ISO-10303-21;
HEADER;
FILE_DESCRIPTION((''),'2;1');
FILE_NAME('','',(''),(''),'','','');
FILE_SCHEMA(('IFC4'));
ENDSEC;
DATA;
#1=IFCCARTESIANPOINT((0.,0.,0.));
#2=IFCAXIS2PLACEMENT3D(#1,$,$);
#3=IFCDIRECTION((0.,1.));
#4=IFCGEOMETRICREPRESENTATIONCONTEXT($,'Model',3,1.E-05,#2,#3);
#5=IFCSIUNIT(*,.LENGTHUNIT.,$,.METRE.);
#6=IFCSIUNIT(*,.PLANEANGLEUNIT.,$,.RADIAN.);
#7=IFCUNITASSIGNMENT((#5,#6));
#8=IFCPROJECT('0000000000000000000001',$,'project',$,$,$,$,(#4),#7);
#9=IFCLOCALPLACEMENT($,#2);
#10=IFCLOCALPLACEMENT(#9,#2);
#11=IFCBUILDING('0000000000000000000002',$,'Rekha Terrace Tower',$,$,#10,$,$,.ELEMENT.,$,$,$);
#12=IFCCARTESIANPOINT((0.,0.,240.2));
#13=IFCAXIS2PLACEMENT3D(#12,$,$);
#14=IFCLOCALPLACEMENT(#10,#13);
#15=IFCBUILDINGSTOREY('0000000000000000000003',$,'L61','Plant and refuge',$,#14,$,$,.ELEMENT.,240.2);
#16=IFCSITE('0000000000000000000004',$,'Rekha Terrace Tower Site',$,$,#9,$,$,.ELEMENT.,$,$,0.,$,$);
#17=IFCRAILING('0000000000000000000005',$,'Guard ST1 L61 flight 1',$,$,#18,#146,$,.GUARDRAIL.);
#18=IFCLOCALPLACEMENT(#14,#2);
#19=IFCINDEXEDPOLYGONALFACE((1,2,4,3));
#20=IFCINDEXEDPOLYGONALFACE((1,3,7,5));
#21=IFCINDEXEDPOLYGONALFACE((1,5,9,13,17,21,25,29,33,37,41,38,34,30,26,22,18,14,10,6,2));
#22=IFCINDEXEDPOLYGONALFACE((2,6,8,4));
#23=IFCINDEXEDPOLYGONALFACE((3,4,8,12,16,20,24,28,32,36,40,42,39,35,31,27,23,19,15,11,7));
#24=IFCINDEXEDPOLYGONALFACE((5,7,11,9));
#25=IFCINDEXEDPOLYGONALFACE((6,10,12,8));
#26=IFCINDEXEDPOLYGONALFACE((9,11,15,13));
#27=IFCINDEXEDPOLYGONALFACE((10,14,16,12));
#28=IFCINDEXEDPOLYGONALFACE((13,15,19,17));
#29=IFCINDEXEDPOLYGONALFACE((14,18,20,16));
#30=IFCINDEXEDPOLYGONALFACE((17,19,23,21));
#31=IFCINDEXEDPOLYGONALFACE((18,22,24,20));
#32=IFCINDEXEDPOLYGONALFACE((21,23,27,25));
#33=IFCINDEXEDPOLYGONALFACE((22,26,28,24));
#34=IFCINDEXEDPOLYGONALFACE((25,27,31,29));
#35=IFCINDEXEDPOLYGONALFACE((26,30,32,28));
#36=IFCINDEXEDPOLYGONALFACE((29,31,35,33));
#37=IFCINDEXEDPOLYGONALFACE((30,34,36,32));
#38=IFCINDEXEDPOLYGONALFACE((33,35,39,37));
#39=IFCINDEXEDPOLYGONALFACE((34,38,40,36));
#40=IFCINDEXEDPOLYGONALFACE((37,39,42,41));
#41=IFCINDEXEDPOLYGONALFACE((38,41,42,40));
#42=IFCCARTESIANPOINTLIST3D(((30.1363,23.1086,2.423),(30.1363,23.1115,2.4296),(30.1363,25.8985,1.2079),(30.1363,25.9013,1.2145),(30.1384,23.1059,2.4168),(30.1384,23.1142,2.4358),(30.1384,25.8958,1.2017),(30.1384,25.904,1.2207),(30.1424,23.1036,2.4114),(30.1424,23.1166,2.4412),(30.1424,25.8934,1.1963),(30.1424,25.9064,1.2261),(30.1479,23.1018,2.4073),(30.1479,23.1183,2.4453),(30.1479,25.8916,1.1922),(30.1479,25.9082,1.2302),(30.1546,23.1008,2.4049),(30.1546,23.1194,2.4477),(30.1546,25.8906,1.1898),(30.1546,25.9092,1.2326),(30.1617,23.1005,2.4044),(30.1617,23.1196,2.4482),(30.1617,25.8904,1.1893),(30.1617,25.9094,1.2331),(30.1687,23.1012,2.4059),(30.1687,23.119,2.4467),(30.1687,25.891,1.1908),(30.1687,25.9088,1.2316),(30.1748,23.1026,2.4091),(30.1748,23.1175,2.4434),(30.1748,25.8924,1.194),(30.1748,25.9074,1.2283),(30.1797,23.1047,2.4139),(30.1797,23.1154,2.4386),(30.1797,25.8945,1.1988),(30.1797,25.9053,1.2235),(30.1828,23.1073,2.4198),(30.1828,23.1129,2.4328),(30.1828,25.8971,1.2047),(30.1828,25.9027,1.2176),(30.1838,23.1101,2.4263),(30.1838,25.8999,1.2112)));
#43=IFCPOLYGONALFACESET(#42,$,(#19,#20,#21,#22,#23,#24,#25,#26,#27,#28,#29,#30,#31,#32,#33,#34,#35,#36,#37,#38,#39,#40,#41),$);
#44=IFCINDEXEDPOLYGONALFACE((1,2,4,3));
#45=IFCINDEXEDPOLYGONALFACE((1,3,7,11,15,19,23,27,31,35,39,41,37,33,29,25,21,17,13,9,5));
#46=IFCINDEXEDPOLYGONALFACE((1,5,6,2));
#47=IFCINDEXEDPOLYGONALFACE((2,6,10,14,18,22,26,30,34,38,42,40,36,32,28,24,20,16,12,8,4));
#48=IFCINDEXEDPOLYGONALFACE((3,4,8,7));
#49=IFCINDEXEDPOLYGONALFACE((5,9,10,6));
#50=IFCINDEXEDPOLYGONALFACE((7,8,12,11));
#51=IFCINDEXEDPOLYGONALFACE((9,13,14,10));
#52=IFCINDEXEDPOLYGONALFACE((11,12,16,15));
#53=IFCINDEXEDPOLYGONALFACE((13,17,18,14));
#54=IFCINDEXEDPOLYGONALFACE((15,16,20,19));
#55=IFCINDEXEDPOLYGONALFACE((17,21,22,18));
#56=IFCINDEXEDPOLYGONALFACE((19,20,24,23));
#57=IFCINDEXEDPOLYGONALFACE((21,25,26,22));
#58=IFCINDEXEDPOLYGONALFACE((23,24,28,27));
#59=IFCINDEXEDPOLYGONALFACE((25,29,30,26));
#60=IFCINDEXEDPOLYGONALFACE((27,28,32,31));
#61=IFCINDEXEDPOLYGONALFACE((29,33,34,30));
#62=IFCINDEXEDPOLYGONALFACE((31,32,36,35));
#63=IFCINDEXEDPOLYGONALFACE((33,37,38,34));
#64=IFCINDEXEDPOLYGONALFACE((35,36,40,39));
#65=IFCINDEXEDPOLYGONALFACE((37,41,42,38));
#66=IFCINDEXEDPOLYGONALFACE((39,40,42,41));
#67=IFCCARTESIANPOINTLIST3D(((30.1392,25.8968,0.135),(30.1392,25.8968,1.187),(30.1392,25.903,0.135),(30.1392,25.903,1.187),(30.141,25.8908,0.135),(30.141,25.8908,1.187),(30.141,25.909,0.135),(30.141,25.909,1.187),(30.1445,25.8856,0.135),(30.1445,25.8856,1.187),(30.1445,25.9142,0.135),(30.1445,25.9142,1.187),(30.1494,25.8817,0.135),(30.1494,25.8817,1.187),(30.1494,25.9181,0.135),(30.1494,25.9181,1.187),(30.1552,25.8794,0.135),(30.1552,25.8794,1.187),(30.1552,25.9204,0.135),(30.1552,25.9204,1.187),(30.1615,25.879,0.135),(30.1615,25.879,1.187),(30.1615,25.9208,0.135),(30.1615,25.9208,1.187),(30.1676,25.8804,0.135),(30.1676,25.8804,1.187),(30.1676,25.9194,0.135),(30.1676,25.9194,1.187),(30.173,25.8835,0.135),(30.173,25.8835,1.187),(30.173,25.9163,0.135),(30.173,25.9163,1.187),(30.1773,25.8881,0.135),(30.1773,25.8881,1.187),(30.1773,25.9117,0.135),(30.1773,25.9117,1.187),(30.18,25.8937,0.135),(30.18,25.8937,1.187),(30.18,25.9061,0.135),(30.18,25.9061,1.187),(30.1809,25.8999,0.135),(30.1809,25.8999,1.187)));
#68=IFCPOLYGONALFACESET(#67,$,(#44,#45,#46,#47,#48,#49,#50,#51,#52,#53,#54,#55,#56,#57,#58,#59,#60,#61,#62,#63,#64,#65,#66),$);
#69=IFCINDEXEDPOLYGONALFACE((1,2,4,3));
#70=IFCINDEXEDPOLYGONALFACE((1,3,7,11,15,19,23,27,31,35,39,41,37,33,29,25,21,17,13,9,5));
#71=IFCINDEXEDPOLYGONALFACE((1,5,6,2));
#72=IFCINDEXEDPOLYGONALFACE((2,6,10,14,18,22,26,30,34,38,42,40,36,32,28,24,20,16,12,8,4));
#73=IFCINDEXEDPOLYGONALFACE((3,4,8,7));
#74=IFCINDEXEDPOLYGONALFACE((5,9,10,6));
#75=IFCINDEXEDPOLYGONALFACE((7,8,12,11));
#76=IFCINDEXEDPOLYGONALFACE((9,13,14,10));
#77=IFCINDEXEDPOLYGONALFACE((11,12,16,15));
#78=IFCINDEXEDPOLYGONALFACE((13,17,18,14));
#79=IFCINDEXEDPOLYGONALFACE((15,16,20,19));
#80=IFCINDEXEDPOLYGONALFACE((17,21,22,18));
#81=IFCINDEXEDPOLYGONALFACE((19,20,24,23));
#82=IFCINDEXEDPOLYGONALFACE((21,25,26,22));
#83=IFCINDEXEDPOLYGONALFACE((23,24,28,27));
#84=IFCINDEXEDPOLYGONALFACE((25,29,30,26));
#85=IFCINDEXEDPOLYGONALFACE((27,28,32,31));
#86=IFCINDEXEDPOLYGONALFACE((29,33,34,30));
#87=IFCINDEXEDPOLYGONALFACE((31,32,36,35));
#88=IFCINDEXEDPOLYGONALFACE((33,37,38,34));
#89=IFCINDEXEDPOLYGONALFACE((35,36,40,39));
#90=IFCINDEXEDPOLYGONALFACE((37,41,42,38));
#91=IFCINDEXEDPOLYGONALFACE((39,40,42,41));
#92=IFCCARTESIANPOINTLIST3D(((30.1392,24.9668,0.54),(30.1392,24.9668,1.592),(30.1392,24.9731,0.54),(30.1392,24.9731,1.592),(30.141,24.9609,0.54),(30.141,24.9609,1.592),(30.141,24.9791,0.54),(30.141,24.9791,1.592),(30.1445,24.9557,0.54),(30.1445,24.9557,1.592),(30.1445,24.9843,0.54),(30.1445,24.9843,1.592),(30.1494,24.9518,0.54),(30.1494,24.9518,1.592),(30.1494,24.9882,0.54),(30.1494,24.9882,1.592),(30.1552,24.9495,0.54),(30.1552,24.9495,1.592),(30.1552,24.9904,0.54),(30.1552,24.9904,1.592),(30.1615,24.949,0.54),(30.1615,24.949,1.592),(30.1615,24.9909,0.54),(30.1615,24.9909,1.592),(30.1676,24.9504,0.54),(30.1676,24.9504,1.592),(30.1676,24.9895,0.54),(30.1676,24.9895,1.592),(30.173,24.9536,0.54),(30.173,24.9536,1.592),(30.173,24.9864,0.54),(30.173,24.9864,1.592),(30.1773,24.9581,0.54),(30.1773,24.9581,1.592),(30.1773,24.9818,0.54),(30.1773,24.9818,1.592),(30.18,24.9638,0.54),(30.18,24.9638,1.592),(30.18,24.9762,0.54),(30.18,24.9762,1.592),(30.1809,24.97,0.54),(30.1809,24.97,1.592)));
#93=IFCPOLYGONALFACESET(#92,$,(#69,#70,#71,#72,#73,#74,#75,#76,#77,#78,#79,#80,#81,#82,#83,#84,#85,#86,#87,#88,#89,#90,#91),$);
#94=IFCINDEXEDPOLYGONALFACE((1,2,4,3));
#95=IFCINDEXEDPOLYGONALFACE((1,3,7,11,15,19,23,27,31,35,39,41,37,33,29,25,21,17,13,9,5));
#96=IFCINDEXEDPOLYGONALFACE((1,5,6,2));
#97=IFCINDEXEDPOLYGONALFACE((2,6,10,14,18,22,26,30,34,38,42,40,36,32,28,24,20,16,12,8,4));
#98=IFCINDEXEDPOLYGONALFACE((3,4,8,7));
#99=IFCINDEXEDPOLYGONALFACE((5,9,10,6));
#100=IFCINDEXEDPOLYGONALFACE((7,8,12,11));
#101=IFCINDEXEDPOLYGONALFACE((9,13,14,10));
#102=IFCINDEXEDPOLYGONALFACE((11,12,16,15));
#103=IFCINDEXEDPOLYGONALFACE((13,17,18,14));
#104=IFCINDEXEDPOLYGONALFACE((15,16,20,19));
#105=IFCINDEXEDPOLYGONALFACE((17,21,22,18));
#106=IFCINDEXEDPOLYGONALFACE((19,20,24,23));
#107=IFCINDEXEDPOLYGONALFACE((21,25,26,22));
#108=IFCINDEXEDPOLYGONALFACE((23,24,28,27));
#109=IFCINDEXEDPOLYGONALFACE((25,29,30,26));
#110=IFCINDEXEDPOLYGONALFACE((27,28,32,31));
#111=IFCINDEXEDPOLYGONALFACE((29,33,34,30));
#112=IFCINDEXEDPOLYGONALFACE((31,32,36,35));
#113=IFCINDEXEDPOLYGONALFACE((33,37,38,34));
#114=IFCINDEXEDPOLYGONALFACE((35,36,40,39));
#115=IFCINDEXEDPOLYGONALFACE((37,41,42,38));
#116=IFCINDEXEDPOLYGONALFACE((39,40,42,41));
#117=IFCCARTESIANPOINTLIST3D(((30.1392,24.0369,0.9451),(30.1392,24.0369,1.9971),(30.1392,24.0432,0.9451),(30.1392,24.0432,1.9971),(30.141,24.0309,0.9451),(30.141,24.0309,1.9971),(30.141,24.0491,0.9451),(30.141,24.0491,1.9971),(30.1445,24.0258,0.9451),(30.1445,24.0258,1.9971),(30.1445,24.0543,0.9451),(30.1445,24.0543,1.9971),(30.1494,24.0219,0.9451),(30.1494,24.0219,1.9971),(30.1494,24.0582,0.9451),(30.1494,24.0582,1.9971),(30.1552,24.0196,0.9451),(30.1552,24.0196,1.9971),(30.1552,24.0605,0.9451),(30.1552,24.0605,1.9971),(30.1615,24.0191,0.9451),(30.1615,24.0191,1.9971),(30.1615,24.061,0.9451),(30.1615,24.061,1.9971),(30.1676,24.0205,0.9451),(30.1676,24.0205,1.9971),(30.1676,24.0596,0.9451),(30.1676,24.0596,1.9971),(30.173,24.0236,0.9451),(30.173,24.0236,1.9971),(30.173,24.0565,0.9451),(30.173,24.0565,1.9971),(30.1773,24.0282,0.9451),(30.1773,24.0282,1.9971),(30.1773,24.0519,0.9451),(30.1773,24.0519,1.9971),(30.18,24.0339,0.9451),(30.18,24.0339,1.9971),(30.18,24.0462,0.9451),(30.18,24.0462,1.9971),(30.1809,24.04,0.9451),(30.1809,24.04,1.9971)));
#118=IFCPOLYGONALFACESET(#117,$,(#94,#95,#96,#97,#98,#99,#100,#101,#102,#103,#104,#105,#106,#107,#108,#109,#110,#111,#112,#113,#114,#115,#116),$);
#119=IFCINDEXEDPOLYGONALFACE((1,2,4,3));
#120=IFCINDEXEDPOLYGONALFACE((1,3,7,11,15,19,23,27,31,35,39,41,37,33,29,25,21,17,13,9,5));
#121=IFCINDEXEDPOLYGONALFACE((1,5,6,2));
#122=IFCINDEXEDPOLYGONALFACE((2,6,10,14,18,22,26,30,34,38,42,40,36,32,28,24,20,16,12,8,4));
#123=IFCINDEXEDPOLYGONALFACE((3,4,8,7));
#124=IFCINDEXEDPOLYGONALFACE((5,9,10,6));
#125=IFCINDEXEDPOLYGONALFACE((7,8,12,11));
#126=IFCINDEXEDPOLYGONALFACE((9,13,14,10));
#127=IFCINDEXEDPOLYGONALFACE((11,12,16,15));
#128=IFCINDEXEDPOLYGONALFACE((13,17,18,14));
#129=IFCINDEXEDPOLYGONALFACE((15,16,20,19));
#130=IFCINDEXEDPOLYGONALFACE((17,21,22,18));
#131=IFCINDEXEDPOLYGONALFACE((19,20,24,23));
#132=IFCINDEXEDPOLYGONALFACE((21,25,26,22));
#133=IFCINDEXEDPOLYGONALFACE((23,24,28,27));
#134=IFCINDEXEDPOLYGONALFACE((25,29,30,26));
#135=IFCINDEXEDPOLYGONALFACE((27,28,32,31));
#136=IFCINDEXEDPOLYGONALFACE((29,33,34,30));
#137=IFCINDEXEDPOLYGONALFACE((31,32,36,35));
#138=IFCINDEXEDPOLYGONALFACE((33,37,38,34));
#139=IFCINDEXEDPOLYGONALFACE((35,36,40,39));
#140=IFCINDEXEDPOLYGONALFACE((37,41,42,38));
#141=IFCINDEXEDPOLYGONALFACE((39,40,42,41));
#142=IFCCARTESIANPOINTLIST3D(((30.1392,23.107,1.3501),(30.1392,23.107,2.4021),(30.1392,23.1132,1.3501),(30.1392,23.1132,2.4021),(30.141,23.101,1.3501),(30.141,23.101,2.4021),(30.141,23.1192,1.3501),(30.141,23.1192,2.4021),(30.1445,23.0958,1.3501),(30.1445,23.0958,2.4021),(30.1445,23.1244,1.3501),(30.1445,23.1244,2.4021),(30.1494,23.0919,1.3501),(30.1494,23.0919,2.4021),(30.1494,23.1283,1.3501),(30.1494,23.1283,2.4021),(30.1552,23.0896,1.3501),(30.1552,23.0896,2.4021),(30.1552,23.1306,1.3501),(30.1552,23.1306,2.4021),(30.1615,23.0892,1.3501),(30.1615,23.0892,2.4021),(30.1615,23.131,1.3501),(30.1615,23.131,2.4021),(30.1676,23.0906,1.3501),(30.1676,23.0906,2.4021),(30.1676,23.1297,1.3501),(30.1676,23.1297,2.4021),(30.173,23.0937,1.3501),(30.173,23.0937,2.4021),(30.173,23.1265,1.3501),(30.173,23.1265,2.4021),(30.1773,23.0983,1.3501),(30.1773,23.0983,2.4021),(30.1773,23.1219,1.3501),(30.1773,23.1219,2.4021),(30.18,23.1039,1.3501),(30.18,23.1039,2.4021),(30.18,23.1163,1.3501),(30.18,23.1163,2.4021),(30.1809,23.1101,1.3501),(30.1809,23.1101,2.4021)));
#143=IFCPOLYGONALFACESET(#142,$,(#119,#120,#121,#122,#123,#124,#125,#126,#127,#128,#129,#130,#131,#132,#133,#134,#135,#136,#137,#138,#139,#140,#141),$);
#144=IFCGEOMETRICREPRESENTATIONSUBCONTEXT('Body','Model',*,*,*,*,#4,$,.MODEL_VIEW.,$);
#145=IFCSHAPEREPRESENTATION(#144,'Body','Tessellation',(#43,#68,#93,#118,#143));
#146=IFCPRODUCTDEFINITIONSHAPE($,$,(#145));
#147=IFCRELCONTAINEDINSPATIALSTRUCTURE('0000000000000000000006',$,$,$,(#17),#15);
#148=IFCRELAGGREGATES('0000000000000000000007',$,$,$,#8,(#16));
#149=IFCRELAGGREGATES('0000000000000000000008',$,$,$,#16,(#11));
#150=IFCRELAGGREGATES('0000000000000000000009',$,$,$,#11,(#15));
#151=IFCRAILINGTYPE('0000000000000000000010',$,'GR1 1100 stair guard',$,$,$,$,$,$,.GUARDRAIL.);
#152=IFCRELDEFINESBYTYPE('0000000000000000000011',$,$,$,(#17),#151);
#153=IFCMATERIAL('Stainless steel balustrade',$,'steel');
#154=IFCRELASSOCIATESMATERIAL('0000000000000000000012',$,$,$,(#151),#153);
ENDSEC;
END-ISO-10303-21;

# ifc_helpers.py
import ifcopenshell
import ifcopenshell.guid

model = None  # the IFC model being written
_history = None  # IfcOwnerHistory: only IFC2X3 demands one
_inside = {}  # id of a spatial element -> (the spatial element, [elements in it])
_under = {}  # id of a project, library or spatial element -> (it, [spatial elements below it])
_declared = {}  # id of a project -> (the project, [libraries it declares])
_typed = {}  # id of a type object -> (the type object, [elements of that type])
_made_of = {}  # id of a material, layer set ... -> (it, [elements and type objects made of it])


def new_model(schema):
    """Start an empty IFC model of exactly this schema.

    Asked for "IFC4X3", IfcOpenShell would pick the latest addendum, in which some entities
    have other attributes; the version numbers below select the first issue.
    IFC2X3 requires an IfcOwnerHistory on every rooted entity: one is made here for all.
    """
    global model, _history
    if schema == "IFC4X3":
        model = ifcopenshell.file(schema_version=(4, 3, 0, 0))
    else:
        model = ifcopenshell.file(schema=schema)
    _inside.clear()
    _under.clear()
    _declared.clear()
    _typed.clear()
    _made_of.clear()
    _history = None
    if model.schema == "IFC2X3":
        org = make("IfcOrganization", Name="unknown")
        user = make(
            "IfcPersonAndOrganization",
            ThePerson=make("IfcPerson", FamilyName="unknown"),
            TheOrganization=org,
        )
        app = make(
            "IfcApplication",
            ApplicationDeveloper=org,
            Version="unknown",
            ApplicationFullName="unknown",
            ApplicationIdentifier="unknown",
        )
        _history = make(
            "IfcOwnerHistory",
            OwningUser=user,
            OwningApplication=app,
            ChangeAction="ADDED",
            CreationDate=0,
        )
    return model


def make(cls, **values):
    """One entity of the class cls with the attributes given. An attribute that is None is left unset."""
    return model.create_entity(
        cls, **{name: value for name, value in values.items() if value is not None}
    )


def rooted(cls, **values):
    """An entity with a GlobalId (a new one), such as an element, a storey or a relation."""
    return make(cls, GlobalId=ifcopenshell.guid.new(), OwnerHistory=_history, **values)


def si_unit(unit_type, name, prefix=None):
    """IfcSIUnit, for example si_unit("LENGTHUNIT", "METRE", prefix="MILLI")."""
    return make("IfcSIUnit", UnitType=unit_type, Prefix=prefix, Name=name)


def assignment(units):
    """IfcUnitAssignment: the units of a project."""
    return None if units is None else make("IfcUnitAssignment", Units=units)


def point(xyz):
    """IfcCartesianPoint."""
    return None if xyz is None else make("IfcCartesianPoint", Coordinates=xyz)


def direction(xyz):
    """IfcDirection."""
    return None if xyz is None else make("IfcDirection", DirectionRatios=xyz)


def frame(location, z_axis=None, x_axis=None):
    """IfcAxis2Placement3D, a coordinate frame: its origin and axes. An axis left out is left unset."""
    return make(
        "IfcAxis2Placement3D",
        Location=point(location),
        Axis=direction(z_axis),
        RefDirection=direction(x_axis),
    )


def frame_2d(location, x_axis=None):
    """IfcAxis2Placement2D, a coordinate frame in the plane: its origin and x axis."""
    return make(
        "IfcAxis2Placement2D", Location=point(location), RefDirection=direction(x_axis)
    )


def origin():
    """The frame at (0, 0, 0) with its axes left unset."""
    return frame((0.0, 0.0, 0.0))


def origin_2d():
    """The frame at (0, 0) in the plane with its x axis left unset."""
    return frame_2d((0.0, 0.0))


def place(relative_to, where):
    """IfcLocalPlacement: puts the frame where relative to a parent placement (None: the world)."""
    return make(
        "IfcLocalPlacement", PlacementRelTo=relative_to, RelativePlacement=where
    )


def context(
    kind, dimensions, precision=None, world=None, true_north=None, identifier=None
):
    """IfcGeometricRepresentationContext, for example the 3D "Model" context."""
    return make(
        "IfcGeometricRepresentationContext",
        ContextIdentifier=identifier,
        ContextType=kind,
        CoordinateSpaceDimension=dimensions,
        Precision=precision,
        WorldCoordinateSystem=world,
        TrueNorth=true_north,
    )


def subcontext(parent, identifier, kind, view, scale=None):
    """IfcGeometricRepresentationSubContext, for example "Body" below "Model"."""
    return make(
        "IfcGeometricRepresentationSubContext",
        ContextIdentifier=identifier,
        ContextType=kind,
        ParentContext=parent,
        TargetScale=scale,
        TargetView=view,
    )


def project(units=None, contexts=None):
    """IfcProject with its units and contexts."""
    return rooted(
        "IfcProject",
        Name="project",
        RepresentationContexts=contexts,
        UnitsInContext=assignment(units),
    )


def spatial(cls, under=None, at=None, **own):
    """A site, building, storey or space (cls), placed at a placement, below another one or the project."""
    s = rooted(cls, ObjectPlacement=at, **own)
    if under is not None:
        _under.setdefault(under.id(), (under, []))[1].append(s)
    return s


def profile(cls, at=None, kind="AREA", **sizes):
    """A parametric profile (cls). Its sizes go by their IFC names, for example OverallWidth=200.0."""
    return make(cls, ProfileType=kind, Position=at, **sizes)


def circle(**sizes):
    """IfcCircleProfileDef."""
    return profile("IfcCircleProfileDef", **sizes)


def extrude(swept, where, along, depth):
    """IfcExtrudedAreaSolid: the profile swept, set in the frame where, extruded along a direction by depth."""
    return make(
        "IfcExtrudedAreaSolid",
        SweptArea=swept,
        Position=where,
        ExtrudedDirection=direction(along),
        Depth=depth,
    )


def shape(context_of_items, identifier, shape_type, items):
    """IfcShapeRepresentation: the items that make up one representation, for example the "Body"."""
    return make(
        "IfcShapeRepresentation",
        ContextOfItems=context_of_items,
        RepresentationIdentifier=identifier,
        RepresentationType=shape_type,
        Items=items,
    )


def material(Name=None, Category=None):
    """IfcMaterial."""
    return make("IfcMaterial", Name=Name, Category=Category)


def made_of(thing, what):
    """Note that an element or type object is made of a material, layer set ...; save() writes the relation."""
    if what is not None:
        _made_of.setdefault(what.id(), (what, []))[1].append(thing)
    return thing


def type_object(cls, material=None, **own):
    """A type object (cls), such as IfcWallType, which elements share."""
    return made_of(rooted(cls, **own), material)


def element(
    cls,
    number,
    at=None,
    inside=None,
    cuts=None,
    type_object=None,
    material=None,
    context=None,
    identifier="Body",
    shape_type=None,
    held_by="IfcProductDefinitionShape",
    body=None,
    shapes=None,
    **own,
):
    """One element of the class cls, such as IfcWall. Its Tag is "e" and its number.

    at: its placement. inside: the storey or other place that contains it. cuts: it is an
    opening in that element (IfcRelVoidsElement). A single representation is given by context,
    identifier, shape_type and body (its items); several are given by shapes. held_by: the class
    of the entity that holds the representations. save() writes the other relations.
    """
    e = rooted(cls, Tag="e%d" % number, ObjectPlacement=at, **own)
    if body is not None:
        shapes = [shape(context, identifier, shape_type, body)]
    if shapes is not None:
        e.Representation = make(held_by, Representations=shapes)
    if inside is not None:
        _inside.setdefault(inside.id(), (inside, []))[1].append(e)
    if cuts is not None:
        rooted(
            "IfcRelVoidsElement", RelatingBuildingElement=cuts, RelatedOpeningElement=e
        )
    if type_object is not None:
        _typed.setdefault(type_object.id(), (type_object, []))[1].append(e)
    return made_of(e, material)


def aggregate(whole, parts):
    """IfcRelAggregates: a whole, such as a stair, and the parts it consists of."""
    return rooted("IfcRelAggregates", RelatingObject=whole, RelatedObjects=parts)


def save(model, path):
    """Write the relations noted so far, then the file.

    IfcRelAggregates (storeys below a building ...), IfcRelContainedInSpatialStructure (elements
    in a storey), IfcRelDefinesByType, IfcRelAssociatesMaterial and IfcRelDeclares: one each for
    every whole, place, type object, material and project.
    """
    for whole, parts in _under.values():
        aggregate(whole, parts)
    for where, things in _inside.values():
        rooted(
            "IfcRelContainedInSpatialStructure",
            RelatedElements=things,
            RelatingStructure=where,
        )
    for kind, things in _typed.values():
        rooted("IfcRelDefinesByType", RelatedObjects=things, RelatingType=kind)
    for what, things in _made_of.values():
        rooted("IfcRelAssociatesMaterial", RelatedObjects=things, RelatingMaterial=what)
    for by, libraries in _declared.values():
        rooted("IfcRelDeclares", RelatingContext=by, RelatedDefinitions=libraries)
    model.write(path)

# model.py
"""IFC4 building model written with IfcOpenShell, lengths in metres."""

from ifc_helpers import new_model, si_unit, direction, frame, origin, origin_2d, place, context, subcontext, project, spatial, circle, extrude, material, type_object, element, save


model = new_model("IFC4")

# Units and contexts
model_context = context("Model", 3, precision=1e-05, world=origin(), true_north=direction((0.0, 1.0)))
body_context = subcontext(model_context, "Body", "Model", "MODEL_VIEW")
ifc_project = project(units=[si_unit("LENGTHUNIT", "METRE"), si_unit("PLANEANGLEUNIT", "RADIAN")], contexts=[model_context])

# Site, building, storey
site_placement = place(None, origin())
site = spatial("IfcSite", under=ifc_project, at=site_placement, Name="Rekha Terrace Tower Site", CompositionType="ELEMENT", RefElevation=0.0)
building_placement = place(site_placement, origin())
building = spatial("IfcBuilding", under=site, at=building_placement, Name="Rekha Terrace Tower", CompositionType="ELEMENT")
storey_placement = place(building_placement, frame((0.0, 0.0, 240.2)))
storey = spatial("IfcBuildingStorey", under=building, at=storey_placement, Name="L61", Description="Plant and refuge", CompositionType="ELEMENT", Elevation=240.2)

# Railing
ifc_material_1 = material(Name="Stainless steel balustrade", Category="steel")
railing_type_1 = type_object("IfcRailingType", Name="GR1 1100 stair guard", PredefinedType="GUARDRAIL", material=ifc_material_1)
railing_1_placement = place(storey_placement, frame((30.1599, 25.8999, 0.135)))
element("IfcRailing", 1, at=railing_1_placement, inside=storey, type_object=railing_type_1, Name="Guard ST1 L61 flight 1", PredefinedType="GUARDRAIL", context=body_context, shape_type="SweptSolid", body=[
    extrude(circle(Radius=0.0239, at=origin_2d()), frame((0.0, 0.0, 1.0762), z_axis=(0.0, -0.916813, 0.399316), x_axis=(1.0, 0.0, 0.0)), (0.0, 0.0, 1.0), 3.043),
    extrude(circle(Radius=0.021, at=origin_2d()), origin(), (0.0, 0.0, 1.0), 1.052),
    extrude(circle(Radius=0.021, at=origin_2d()), frame((0.0, -0.9299, 0.405)), (0.0, 0.0, 1.0), 1.052),
    extrude(circle(Radius=0.021, at=origin_2d()), frame((0.0, -1.8599, 0.8101)), (0.0, 0.0, 1.0), 1.052),
    extrude(circle(Radius=0.021, at=origin_2d()), frame((0.0, -2.7898, 1.2151)), (0.0, 0.0, 1.0), 1.052),
])

save(model, "model.ifc")
